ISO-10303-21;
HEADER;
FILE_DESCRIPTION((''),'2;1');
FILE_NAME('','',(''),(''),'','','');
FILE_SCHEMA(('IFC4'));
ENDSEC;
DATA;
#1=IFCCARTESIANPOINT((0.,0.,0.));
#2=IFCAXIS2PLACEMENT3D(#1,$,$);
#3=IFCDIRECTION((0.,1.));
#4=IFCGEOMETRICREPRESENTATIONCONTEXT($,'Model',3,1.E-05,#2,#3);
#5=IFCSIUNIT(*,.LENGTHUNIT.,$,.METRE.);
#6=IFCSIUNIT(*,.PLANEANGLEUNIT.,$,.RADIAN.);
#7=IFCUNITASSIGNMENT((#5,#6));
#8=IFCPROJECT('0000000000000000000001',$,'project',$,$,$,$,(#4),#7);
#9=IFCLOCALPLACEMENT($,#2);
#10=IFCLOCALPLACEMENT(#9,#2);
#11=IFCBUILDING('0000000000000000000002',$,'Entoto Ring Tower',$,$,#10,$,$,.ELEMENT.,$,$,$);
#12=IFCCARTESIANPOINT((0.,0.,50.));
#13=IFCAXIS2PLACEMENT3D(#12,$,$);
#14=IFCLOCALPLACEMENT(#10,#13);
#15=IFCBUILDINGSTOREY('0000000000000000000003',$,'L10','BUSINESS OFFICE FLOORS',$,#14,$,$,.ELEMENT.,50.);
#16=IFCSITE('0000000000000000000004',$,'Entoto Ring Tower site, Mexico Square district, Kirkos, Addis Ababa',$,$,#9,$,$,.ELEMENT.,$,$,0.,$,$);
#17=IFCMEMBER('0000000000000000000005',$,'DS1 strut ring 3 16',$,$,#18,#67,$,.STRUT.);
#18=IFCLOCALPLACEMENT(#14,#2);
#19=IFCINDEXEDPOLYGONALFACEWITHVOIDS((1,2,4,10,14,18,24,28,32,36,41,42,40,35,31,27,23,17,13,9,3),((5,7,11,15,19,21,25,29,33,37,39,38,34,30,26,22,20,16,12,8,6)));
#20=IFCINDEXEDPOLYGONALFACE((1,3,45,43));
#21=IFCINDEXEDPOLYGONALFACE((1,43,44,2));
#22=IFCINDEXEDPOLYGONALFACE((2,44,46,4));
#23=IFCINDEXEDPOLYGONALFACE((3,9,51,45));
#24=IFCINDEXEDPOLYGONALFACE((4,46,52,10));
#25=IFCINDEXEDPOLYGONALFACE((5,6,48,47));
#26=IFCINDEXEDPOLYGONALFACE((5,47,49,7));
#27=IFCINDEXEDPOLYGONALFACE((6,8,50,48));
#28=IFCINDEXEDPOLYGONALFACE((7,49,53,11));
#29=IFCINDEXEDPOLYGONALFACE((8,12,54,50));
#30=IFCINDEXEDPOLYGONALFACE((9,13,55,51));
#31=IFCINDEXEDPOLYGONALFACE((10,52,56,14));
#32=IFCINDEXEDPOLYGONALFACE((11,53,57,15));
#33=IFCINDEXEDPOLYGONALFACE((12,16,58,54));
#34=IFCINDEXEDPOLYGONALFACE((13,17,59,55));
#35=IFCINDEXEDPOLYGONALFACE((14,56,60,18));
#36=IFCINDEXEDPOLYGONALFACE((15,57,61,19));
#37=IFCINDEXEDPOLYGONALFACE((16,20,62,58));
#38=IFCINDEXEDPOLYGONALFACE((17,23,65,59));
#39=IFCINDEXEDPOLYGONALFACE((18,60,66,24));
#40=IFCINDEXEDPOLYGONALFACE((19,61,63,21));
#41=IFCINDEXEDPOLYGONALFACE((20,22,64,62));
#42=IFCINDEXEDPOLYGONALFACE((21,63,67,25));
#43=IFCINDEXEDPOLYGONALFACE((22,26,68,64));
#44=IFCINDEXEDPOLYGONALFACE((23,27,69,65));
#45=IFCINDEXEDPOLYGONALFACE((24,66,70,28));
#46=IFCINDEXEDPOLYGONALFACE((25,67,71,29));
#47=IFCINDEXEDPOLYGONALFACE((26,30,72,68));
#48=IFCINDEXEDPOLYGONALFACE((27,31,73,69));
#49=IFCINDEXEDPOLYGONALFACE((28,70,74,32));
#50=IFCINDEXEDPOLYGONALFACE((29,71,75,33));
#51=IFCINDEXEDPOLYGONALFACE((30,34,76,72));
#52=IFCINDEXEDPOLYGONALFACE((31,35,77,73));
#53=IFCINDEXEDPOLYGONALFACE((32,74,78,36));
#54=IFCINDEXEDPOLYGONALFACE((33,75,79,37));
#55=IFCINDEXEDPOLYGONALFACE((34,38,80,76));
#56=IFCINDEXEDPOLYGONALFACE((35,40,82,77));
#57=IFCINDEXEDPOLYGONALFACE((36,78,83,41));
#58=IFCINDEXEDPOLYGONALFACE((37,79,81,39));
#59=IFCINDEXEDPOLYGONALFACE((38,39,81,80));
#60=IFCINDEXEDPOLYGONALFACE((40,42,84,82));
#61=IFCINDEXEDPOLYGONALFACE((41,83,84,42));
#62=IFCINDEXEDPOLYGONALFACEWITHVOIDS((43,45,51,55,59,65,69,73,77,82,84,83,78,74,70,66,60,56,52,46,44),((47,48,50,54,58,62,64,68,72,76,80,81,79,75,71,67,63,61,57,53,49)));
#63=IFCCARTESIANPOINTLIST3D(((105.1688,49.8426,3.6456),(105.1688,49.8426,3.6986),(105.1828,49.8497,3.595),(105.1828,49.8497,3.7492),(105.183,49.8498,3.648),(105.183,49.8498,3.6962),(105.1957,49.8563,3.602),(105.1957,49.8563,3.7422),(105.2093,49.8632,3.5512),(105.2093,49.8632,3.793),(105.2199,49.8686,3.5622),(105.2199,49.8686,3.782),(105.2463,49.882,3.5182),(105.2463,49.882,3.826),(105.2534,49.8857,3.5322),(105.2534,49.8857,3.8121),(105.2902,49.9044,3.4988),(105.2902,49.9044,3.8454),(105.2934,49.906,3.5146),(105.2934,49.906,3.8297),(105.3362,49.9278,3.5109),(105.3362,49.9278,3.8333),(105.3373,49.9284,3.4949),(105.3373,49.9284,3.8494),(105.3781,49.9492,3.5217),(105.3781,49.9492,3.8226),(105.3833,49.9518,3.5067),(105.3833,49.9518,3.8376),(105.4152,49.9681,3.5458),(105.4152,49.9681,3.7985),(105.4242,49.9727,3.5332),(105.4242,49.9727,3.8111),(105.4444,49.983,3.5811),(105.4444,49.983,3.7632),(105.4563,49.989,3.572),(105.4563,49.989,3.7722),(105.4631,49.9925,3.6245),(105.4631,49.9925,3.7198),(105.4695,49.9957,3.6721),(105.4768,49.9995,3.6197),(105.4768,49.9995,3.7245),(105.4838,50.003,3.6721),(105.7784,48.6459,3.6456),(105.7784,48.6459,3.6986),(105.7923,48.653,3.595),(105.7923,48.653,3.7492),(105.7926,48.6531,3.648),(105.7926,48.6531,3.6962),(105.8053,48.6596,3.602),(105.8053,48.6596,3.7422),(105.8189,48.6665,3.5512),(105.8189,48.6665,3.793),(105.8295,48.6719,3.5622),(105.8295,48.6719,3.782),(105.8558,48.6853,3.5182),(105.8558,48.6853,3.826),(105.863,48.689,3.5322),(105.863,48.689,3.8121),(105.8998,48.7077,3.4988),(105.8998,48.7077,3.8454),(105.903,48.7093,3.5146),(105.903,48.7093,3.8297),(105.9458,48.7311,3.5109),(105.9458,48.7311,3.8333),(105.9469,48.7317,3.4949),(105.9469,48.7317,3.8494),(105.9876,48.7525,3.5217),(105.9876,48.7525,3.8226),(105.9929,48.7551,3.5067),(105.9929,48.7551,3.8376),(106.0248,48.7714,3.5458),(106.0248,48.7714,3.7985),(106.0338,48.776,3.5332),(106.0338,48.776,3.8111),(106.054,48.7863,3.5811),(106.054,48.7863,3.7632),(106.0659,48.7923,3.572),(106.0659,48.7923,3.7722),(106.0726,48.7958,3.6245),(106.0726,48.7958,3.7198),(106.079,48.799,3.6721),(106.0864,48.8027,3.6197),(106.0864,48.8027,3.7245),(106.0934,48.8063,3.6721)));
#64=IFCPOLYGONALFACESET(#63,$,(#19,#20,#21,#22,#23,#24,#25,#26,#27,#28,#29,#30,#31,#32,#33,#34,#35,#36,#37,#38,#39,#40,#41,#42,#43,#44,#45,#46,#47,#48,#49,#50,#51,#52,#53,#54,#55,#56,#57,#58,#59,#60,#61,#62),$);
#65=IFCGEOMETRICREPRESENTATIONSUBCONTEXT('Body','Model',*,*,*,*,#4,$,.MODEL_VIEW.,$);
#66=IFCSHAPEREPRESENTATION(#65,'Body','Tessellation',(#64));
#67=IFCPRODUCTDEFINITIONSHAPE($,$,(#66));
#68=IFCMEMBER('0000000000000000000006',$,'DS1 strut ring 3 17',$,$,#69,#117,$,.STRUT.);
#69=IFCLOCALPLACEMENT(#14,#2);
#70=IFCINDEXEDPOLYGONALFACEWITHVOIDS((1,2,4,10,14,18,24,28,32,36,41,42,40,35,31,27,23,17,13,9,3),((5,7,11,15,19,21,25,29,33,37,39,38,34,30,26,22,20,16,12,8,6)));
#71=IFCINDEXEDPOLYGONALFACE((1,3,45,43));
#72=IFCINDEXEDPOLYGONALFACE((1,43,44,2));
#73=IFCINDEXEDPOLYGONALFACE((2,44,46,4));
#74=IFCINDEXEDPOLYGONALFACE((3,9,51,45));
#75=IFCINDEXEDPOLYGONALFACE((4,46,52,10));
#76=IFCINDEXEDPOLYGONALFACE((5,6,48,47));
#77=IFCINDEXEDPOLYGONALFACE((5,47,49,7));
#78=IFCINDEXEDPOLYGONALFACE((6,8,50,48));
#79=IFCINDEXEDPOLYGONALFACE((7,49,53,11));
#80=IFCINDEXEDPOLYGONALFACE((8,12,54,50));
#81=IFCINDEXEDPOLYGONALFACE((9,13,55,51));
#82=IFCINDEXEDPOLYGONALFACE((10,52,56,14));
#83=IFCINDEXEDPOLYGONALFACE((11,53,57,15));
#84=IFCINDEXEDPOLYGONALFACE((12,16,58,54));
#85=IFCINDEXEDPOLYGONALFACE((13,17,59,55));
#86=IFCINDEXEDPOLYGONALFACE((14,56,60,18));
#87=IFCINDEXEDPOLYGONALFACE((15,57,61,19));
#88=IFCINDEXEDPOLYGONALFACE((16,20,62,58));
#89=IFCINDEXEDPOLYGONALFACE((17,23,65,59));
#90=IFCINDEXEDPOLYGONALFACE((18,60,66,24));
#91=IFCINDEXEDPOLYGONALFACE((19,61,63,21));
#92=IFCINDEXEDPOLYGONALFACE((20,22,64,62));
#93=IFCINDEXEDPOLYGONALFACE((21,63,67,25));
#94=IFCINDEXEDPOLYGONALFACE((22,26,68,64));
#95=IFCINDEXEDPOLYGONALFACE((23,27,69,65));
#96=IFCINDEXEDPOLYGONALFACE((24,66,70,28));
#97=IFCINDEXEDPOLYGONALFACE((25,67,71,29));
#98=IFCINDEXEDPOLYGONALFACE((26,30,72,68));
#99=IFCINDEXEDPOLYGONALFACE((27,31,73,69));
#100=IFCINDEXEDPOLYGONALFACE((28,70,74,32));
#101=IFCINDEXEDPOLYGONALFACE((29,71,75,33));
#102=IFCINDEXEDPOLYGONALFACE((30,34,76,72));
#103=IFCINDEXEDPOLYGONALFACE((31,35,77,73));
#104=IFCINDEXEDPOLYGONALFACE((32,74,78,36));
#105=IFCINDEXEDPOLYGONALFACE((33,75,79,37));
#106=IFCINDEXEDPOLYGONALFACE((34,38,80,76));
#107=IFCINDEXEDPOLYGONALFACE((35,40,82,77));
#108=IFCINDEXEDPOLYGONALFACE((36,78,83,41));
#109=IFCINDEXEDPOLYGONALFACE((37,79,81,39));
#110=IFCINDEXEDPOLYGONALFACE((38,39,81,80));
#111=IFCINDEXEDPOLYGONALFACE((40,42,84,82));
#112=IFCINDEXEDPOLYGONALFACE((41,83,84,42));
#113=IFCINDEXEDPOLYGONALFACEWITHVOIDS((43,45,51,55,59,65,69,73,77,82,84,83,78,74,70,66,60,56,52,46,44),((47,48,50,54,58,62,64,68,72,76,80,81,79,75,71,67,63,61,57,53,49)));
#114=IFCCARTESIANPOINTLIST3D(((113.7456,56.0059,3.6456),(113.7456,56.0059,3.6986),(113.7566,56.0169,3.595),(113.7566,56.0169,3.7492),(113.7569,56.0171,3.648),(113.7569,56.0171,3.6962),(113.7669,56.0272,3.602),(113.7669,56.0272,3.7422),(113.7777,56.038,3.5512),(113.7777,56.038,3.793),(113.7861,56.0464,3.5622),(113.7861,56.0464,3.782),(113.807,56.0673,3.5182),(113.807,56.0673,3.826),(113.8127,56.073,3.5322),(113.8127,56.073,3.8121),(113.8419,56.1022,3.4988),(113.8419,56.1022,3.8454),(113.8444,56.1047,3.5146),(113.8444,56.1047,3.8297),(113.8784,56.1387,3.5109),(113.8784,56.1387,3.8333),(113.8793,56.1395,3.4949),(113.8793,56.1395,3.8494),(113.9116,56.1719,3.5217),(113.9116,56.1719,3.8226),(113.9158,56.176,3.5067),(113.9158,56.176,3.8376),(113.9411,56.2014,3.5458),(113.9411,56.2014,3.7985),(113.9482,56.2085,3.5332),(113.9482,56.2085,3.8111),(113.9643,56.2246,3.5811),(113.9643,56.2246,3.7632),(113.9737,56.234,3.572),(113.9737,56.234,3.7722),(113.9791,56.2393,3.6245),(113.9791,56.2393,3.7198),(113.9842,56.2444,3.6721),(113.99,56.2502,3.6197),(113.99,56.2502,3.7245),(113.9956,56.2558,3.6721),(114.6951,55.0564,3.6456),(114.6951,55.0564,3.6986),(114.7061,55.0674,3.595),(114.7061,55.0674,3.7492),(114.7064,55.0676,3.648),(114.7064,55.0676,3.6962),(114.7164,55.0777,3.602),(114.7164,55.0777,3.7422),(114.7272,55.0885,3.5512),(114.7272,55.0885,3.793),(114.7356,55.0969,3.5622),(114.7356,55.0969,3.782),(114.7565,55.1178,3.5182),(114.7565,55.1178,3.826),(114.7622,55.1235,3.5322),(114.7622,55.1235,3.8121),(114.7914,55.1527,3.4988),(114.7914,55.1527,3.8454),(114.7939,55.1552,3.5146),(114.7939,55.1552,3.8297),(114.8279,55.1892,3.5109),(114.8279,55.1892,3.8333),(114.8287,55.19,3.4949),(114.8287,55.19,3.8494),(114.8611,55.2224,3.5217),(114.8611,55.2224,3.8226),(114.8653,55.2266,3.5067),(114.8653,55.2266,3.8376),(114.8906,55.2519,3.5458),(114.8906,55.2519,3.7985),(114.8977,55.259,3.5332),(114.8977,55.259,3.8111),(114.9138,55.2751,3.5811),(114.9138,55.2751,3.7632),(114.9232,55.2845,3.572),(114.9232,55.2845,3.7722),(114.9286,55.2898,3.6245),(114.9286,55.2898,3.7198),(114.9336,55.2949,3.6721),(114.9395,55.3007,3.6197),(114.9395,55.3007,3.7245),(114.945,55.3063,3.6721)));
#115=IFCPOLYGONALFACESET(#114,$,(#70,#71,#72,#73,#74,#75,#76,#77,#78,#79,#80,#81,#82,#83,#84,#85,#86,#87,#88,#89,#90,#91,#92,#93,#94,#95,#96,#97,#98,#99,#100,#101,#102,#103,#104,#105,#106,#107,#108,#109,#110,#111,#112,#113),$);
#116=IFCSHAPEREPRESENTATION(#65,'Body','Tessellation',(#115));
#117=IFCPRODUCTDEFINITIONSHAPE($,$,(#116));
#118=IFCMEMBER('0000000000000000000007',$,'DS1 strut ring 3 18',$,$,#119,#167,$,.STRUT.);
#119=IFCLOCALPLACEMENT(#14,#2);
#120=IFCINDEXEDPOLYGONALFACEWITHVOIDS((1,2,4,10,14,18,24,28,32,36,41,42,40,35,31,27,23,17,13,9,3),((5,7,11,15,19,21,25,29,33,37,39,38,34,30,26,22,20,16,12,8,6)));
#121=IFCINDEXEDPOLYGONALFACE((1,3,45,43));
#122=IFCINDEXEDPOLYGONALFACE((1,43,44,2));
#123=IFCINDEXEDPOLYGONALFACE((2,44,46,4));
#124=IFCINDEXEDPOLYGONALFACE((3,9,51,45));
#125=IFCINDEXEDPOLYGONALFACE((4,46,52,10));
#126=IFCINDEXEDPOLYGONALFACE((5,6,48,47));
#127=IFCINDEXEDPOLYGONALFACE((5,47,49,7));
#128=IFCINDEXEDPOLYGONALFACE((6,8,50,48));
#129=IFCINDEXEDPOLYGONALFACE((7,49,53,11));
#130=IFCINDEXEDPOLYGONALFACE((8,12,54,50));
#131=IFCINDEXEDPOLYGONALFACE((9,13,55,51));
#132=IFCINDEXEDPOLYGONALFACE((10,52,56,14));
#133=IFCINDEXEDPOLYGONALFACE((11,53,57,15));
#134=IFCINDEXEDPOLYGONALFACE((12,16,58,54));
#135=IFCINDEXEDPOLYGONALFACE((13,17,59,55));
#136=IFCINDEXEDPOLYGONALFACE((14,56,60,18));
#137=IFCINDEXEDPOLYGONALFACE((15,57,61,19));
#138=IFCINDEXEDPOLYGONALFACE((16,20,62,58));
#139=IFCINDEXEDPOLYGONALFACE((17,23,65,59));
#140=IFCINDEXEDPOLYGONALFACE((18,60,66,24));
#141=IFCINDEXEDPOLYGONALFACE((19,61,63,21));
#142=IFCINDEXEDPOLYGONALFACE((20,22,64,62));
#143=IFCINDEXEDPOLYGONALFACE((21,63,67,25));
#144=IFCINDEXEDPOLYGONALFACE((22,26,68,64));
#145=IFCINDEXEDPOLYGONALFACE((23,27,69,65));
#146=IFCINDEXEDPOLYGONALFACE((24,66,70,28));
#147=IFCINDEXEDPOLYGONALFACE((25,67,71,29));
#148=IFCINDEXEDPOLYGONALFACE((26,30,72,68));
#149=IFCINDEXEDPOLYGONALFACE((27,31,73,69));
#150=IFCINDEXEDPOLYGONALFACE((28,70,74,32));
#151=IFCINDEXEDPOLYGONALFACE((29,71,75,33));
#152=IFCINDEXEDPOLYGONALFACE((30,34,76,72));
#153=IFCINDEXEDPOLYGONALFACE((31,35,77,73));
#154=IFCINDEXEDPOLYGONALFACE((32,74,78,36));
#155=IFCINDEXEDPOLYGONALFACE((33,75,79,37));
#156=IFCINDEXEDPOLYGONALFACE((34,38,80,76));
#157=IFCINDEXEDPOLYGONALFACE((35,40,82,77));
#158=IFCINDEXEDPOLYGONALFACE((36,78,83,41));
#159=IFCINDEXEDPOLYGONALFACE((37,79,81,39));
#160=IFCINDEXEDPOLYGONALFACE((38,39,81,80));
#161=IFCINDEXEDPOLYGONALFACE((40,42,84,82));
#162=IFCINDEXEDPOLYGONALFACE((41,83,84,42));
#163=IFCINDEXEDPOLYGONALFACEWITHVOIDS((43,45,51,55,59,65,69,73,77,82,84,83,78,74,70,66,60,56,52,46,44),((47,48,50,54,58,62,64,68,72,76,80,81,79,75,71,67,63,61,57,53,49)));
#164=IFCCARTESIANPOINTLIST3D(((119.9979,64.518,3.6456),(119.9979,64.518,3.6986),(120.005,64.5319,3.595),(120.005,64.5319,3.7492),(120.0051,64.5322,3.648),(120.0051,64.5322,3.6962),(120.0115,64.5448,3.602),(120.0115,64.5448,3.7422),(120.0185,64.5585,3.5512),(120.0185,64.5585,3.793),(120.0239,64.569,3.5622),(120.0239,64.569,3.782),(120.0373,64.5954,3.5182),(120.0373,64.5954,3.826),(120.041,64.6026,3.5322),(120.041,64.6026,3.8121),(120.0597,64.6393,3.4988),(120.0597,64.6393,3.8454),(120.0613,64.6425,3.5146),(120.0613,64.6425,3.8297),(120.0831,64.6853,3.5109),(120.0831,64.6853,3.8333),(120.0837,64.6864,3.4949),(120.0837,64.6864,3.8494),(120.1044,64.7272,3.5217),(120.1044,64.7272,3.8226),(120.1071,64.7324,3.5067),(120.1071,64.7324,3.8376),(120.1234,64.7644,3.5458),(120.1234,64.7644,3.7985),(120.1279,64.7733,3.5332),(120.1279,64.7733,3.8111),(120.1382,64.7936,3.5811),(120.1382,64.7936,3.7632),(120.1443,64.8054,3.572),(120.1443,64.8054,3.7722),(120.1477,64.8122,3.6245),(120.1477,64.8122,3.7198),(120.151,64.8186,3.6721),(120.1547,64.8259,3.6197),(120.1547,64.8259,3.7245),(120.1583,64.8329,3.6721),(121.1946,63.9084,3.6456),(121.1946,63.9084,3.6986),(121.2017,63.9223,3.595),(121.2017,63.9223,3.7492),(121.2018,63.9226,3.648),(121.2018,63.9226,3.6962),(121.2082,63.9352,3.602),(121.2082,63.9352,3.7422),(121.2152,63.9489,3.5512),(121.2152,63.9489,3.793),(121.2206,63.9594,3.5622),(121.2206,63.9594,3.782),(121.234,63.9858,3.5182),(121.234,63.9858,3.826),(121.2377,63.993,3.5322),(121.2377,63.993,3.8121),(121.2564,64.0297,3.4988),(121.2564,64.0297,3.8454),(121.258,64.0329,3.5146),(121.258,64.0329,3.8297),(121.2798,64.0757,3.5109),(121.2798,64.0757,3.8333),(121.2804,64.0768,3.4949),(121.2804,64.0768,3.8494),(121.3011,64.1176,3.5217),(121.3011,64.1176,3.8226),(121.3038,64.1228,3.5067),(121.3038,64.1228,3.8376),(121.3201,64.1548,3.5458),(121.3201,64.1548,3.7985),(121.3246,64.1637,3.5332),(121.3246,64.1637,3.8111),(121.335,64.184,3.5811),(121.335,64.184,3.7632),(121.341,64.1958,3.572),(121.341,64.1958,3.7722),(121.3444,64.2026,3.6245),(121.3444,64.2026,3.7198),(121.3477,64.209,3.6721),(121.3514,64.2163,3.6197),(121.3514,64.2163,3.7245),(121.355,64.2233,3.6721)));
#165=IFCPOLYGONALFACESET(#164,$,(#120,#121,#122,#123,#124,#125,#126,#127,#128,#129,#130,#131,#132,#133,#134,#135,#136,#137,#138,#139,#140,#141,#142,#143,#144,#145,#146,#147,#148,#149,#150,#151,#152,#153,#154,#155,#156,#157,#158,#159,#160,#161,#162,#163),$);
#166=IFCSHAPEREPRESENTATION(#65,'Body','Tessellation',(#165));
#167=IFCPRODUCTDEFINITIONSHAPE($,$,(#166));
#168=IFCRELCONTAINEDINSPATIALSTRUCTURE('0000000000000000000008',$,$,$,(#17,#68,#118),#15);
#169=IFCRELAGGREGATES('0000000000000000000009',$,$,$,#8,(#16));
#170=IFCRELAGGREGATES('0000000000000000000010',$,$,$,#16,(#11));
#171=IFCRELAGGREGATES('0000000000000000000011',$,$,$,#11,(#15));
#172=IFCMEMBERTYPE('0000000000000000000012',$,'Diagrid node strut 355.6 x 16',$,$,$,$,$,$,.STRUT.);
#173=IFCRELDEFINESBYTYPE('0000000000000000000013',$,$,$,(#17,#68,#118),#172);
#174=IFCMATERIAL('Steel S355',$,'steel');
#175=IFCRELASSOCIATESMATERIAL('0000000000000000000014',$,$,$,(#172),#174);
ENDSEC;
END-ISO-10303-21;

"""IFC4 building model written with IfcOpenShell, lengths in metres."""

from ifc_helpers import new_model, si_unit, direction, frame, origin, origin_2d, place, context, subcontext, project, spatial, circle, hollow_circle, extrude, material, material_profile, profile_set, type_object, element, save


model = new_model("IFC4")

# Units and contexts
model_context = context("Model", 3, precision=1e-05, world=origin(), true_north=direction((0.0, 1.0)))
body_context = subcontext(model_context, "Body", "Model", "MODEL_VIEW")
ifc_project = project(units=[si_unit("LENGTHUNIT", "METRE"), si_unit("PLANEANGLEUNIT", "RADIAN")], contexts=[model_context])

# Site, building, storey
site_placement = place(None, origin())
site = spatial("IfcSite", under=ifc_project, at=site_placement, Name="Entoto Ring Tower site, Mexico Square district, Kirkos, Addis Ababa", CompositionType="ELEMENT", RefElevation=0.0)
building_placement = place(site_placement, origin())
building = spatial("IfcBuilding", under=site, at=building_placement, Name="Entoto Ring Tower", CompositionType="ELEMENT")
storey_placement = place(building_placement, frame((0.0, 0.0, 50.0)))
storey = spatial("IfcBuildingStorey", under=building, at=storey_placement, Name="L10", Description="BUSINESS OFFICE FLOORS", CompositionType="ELEMENT", Elevation=50.0)

# Members
ifc_material_1 = material(Name="Steel S355", Category="steel")
ifc_material_profile_1 = material_profile(ifc_material_1, hollow_circle(Radius=0.1777, WallThickness=0.0161, at=origin_2d()), Name="CHS 355.6 x 16")
ifc_material_2 = material(Name="Concrete C60/75", Category="concrete")
ifc_material_profile_2 = material_profile(ifc_material_2, circle(Radius=0.1619, at=origin_2d()), Name="Concrete C60/75 infill")
ifc_profile_set_1 = profile_set([ifc_material_profile_1, ifc_material_profile_2], Name="Steel S355")
member_type = type_object("IfcMemberType", Name="Diagrid node strut 355.6 x 16", PredefinedType="STRUT", material=ifc_profile_set_1)
member_1_placement = place(storey_placement, frame((105.3254, 49.9224, 3.6721), z_axis=(0.45389, -0.891058, 0.0), x_axis=(0.891058, 0.45389, 0.0)))
element("IfcMember", 1, at=member_1_placement, inside=storey, type_object=member_type, Name="DS1 strut ring 3 16", PredefinedType="STRUT", context=body_context, shape_type="SweptSolid", body=[
    extrude(hollow_circle(Radius=0.1777, WallThickness=0.0161, at=origin_2d()), origin(), (0.0, 0.0, 1.0), 1.343),
])
member_2_placement = place(storey_placement, frame((113.8699, 56.1301, 3.6721), z_axis=(0.707107, -0.707107, 0.0), x_axis=(0.707107, 0.707107, 0.0)))
element("IfcMember", 2, at=member_2_placement, inside=storey, type_object=member_type, Name="DS1 strut ring 3 17", PredefinedType="STRUT", context=body_context, shape_type="SweptSolid", body=[
    extrude(hollow_circle(Radius=0.1777, WallThickness=0.0161, at=origin_2d()), origin(), (0.0, 0.0, 1.0), 1.3428),
])
member_3_placement = place(storey_placement, frame((120.0776, 64.6746, 3.6721), z_axis=(0.891058, -0.45389, 0.0), x_axis=(0.45389, 0.891058, 0.0)))
element("IfcMember", 3, at=member_3_placement, inside=storey, type_object=member_type, Name="DS1 strut ring 3 18", PredefinedType="STRUT", context=body_context, shape_type="SweptSolid", body=[
    extrude(hollow_circle(Radius=0.1777, WallThickness=0.0161, at=origin_2d()), origin(), (0.0, 0.0, 1.0), 1.343),
])

save(model, "model.ifc")
